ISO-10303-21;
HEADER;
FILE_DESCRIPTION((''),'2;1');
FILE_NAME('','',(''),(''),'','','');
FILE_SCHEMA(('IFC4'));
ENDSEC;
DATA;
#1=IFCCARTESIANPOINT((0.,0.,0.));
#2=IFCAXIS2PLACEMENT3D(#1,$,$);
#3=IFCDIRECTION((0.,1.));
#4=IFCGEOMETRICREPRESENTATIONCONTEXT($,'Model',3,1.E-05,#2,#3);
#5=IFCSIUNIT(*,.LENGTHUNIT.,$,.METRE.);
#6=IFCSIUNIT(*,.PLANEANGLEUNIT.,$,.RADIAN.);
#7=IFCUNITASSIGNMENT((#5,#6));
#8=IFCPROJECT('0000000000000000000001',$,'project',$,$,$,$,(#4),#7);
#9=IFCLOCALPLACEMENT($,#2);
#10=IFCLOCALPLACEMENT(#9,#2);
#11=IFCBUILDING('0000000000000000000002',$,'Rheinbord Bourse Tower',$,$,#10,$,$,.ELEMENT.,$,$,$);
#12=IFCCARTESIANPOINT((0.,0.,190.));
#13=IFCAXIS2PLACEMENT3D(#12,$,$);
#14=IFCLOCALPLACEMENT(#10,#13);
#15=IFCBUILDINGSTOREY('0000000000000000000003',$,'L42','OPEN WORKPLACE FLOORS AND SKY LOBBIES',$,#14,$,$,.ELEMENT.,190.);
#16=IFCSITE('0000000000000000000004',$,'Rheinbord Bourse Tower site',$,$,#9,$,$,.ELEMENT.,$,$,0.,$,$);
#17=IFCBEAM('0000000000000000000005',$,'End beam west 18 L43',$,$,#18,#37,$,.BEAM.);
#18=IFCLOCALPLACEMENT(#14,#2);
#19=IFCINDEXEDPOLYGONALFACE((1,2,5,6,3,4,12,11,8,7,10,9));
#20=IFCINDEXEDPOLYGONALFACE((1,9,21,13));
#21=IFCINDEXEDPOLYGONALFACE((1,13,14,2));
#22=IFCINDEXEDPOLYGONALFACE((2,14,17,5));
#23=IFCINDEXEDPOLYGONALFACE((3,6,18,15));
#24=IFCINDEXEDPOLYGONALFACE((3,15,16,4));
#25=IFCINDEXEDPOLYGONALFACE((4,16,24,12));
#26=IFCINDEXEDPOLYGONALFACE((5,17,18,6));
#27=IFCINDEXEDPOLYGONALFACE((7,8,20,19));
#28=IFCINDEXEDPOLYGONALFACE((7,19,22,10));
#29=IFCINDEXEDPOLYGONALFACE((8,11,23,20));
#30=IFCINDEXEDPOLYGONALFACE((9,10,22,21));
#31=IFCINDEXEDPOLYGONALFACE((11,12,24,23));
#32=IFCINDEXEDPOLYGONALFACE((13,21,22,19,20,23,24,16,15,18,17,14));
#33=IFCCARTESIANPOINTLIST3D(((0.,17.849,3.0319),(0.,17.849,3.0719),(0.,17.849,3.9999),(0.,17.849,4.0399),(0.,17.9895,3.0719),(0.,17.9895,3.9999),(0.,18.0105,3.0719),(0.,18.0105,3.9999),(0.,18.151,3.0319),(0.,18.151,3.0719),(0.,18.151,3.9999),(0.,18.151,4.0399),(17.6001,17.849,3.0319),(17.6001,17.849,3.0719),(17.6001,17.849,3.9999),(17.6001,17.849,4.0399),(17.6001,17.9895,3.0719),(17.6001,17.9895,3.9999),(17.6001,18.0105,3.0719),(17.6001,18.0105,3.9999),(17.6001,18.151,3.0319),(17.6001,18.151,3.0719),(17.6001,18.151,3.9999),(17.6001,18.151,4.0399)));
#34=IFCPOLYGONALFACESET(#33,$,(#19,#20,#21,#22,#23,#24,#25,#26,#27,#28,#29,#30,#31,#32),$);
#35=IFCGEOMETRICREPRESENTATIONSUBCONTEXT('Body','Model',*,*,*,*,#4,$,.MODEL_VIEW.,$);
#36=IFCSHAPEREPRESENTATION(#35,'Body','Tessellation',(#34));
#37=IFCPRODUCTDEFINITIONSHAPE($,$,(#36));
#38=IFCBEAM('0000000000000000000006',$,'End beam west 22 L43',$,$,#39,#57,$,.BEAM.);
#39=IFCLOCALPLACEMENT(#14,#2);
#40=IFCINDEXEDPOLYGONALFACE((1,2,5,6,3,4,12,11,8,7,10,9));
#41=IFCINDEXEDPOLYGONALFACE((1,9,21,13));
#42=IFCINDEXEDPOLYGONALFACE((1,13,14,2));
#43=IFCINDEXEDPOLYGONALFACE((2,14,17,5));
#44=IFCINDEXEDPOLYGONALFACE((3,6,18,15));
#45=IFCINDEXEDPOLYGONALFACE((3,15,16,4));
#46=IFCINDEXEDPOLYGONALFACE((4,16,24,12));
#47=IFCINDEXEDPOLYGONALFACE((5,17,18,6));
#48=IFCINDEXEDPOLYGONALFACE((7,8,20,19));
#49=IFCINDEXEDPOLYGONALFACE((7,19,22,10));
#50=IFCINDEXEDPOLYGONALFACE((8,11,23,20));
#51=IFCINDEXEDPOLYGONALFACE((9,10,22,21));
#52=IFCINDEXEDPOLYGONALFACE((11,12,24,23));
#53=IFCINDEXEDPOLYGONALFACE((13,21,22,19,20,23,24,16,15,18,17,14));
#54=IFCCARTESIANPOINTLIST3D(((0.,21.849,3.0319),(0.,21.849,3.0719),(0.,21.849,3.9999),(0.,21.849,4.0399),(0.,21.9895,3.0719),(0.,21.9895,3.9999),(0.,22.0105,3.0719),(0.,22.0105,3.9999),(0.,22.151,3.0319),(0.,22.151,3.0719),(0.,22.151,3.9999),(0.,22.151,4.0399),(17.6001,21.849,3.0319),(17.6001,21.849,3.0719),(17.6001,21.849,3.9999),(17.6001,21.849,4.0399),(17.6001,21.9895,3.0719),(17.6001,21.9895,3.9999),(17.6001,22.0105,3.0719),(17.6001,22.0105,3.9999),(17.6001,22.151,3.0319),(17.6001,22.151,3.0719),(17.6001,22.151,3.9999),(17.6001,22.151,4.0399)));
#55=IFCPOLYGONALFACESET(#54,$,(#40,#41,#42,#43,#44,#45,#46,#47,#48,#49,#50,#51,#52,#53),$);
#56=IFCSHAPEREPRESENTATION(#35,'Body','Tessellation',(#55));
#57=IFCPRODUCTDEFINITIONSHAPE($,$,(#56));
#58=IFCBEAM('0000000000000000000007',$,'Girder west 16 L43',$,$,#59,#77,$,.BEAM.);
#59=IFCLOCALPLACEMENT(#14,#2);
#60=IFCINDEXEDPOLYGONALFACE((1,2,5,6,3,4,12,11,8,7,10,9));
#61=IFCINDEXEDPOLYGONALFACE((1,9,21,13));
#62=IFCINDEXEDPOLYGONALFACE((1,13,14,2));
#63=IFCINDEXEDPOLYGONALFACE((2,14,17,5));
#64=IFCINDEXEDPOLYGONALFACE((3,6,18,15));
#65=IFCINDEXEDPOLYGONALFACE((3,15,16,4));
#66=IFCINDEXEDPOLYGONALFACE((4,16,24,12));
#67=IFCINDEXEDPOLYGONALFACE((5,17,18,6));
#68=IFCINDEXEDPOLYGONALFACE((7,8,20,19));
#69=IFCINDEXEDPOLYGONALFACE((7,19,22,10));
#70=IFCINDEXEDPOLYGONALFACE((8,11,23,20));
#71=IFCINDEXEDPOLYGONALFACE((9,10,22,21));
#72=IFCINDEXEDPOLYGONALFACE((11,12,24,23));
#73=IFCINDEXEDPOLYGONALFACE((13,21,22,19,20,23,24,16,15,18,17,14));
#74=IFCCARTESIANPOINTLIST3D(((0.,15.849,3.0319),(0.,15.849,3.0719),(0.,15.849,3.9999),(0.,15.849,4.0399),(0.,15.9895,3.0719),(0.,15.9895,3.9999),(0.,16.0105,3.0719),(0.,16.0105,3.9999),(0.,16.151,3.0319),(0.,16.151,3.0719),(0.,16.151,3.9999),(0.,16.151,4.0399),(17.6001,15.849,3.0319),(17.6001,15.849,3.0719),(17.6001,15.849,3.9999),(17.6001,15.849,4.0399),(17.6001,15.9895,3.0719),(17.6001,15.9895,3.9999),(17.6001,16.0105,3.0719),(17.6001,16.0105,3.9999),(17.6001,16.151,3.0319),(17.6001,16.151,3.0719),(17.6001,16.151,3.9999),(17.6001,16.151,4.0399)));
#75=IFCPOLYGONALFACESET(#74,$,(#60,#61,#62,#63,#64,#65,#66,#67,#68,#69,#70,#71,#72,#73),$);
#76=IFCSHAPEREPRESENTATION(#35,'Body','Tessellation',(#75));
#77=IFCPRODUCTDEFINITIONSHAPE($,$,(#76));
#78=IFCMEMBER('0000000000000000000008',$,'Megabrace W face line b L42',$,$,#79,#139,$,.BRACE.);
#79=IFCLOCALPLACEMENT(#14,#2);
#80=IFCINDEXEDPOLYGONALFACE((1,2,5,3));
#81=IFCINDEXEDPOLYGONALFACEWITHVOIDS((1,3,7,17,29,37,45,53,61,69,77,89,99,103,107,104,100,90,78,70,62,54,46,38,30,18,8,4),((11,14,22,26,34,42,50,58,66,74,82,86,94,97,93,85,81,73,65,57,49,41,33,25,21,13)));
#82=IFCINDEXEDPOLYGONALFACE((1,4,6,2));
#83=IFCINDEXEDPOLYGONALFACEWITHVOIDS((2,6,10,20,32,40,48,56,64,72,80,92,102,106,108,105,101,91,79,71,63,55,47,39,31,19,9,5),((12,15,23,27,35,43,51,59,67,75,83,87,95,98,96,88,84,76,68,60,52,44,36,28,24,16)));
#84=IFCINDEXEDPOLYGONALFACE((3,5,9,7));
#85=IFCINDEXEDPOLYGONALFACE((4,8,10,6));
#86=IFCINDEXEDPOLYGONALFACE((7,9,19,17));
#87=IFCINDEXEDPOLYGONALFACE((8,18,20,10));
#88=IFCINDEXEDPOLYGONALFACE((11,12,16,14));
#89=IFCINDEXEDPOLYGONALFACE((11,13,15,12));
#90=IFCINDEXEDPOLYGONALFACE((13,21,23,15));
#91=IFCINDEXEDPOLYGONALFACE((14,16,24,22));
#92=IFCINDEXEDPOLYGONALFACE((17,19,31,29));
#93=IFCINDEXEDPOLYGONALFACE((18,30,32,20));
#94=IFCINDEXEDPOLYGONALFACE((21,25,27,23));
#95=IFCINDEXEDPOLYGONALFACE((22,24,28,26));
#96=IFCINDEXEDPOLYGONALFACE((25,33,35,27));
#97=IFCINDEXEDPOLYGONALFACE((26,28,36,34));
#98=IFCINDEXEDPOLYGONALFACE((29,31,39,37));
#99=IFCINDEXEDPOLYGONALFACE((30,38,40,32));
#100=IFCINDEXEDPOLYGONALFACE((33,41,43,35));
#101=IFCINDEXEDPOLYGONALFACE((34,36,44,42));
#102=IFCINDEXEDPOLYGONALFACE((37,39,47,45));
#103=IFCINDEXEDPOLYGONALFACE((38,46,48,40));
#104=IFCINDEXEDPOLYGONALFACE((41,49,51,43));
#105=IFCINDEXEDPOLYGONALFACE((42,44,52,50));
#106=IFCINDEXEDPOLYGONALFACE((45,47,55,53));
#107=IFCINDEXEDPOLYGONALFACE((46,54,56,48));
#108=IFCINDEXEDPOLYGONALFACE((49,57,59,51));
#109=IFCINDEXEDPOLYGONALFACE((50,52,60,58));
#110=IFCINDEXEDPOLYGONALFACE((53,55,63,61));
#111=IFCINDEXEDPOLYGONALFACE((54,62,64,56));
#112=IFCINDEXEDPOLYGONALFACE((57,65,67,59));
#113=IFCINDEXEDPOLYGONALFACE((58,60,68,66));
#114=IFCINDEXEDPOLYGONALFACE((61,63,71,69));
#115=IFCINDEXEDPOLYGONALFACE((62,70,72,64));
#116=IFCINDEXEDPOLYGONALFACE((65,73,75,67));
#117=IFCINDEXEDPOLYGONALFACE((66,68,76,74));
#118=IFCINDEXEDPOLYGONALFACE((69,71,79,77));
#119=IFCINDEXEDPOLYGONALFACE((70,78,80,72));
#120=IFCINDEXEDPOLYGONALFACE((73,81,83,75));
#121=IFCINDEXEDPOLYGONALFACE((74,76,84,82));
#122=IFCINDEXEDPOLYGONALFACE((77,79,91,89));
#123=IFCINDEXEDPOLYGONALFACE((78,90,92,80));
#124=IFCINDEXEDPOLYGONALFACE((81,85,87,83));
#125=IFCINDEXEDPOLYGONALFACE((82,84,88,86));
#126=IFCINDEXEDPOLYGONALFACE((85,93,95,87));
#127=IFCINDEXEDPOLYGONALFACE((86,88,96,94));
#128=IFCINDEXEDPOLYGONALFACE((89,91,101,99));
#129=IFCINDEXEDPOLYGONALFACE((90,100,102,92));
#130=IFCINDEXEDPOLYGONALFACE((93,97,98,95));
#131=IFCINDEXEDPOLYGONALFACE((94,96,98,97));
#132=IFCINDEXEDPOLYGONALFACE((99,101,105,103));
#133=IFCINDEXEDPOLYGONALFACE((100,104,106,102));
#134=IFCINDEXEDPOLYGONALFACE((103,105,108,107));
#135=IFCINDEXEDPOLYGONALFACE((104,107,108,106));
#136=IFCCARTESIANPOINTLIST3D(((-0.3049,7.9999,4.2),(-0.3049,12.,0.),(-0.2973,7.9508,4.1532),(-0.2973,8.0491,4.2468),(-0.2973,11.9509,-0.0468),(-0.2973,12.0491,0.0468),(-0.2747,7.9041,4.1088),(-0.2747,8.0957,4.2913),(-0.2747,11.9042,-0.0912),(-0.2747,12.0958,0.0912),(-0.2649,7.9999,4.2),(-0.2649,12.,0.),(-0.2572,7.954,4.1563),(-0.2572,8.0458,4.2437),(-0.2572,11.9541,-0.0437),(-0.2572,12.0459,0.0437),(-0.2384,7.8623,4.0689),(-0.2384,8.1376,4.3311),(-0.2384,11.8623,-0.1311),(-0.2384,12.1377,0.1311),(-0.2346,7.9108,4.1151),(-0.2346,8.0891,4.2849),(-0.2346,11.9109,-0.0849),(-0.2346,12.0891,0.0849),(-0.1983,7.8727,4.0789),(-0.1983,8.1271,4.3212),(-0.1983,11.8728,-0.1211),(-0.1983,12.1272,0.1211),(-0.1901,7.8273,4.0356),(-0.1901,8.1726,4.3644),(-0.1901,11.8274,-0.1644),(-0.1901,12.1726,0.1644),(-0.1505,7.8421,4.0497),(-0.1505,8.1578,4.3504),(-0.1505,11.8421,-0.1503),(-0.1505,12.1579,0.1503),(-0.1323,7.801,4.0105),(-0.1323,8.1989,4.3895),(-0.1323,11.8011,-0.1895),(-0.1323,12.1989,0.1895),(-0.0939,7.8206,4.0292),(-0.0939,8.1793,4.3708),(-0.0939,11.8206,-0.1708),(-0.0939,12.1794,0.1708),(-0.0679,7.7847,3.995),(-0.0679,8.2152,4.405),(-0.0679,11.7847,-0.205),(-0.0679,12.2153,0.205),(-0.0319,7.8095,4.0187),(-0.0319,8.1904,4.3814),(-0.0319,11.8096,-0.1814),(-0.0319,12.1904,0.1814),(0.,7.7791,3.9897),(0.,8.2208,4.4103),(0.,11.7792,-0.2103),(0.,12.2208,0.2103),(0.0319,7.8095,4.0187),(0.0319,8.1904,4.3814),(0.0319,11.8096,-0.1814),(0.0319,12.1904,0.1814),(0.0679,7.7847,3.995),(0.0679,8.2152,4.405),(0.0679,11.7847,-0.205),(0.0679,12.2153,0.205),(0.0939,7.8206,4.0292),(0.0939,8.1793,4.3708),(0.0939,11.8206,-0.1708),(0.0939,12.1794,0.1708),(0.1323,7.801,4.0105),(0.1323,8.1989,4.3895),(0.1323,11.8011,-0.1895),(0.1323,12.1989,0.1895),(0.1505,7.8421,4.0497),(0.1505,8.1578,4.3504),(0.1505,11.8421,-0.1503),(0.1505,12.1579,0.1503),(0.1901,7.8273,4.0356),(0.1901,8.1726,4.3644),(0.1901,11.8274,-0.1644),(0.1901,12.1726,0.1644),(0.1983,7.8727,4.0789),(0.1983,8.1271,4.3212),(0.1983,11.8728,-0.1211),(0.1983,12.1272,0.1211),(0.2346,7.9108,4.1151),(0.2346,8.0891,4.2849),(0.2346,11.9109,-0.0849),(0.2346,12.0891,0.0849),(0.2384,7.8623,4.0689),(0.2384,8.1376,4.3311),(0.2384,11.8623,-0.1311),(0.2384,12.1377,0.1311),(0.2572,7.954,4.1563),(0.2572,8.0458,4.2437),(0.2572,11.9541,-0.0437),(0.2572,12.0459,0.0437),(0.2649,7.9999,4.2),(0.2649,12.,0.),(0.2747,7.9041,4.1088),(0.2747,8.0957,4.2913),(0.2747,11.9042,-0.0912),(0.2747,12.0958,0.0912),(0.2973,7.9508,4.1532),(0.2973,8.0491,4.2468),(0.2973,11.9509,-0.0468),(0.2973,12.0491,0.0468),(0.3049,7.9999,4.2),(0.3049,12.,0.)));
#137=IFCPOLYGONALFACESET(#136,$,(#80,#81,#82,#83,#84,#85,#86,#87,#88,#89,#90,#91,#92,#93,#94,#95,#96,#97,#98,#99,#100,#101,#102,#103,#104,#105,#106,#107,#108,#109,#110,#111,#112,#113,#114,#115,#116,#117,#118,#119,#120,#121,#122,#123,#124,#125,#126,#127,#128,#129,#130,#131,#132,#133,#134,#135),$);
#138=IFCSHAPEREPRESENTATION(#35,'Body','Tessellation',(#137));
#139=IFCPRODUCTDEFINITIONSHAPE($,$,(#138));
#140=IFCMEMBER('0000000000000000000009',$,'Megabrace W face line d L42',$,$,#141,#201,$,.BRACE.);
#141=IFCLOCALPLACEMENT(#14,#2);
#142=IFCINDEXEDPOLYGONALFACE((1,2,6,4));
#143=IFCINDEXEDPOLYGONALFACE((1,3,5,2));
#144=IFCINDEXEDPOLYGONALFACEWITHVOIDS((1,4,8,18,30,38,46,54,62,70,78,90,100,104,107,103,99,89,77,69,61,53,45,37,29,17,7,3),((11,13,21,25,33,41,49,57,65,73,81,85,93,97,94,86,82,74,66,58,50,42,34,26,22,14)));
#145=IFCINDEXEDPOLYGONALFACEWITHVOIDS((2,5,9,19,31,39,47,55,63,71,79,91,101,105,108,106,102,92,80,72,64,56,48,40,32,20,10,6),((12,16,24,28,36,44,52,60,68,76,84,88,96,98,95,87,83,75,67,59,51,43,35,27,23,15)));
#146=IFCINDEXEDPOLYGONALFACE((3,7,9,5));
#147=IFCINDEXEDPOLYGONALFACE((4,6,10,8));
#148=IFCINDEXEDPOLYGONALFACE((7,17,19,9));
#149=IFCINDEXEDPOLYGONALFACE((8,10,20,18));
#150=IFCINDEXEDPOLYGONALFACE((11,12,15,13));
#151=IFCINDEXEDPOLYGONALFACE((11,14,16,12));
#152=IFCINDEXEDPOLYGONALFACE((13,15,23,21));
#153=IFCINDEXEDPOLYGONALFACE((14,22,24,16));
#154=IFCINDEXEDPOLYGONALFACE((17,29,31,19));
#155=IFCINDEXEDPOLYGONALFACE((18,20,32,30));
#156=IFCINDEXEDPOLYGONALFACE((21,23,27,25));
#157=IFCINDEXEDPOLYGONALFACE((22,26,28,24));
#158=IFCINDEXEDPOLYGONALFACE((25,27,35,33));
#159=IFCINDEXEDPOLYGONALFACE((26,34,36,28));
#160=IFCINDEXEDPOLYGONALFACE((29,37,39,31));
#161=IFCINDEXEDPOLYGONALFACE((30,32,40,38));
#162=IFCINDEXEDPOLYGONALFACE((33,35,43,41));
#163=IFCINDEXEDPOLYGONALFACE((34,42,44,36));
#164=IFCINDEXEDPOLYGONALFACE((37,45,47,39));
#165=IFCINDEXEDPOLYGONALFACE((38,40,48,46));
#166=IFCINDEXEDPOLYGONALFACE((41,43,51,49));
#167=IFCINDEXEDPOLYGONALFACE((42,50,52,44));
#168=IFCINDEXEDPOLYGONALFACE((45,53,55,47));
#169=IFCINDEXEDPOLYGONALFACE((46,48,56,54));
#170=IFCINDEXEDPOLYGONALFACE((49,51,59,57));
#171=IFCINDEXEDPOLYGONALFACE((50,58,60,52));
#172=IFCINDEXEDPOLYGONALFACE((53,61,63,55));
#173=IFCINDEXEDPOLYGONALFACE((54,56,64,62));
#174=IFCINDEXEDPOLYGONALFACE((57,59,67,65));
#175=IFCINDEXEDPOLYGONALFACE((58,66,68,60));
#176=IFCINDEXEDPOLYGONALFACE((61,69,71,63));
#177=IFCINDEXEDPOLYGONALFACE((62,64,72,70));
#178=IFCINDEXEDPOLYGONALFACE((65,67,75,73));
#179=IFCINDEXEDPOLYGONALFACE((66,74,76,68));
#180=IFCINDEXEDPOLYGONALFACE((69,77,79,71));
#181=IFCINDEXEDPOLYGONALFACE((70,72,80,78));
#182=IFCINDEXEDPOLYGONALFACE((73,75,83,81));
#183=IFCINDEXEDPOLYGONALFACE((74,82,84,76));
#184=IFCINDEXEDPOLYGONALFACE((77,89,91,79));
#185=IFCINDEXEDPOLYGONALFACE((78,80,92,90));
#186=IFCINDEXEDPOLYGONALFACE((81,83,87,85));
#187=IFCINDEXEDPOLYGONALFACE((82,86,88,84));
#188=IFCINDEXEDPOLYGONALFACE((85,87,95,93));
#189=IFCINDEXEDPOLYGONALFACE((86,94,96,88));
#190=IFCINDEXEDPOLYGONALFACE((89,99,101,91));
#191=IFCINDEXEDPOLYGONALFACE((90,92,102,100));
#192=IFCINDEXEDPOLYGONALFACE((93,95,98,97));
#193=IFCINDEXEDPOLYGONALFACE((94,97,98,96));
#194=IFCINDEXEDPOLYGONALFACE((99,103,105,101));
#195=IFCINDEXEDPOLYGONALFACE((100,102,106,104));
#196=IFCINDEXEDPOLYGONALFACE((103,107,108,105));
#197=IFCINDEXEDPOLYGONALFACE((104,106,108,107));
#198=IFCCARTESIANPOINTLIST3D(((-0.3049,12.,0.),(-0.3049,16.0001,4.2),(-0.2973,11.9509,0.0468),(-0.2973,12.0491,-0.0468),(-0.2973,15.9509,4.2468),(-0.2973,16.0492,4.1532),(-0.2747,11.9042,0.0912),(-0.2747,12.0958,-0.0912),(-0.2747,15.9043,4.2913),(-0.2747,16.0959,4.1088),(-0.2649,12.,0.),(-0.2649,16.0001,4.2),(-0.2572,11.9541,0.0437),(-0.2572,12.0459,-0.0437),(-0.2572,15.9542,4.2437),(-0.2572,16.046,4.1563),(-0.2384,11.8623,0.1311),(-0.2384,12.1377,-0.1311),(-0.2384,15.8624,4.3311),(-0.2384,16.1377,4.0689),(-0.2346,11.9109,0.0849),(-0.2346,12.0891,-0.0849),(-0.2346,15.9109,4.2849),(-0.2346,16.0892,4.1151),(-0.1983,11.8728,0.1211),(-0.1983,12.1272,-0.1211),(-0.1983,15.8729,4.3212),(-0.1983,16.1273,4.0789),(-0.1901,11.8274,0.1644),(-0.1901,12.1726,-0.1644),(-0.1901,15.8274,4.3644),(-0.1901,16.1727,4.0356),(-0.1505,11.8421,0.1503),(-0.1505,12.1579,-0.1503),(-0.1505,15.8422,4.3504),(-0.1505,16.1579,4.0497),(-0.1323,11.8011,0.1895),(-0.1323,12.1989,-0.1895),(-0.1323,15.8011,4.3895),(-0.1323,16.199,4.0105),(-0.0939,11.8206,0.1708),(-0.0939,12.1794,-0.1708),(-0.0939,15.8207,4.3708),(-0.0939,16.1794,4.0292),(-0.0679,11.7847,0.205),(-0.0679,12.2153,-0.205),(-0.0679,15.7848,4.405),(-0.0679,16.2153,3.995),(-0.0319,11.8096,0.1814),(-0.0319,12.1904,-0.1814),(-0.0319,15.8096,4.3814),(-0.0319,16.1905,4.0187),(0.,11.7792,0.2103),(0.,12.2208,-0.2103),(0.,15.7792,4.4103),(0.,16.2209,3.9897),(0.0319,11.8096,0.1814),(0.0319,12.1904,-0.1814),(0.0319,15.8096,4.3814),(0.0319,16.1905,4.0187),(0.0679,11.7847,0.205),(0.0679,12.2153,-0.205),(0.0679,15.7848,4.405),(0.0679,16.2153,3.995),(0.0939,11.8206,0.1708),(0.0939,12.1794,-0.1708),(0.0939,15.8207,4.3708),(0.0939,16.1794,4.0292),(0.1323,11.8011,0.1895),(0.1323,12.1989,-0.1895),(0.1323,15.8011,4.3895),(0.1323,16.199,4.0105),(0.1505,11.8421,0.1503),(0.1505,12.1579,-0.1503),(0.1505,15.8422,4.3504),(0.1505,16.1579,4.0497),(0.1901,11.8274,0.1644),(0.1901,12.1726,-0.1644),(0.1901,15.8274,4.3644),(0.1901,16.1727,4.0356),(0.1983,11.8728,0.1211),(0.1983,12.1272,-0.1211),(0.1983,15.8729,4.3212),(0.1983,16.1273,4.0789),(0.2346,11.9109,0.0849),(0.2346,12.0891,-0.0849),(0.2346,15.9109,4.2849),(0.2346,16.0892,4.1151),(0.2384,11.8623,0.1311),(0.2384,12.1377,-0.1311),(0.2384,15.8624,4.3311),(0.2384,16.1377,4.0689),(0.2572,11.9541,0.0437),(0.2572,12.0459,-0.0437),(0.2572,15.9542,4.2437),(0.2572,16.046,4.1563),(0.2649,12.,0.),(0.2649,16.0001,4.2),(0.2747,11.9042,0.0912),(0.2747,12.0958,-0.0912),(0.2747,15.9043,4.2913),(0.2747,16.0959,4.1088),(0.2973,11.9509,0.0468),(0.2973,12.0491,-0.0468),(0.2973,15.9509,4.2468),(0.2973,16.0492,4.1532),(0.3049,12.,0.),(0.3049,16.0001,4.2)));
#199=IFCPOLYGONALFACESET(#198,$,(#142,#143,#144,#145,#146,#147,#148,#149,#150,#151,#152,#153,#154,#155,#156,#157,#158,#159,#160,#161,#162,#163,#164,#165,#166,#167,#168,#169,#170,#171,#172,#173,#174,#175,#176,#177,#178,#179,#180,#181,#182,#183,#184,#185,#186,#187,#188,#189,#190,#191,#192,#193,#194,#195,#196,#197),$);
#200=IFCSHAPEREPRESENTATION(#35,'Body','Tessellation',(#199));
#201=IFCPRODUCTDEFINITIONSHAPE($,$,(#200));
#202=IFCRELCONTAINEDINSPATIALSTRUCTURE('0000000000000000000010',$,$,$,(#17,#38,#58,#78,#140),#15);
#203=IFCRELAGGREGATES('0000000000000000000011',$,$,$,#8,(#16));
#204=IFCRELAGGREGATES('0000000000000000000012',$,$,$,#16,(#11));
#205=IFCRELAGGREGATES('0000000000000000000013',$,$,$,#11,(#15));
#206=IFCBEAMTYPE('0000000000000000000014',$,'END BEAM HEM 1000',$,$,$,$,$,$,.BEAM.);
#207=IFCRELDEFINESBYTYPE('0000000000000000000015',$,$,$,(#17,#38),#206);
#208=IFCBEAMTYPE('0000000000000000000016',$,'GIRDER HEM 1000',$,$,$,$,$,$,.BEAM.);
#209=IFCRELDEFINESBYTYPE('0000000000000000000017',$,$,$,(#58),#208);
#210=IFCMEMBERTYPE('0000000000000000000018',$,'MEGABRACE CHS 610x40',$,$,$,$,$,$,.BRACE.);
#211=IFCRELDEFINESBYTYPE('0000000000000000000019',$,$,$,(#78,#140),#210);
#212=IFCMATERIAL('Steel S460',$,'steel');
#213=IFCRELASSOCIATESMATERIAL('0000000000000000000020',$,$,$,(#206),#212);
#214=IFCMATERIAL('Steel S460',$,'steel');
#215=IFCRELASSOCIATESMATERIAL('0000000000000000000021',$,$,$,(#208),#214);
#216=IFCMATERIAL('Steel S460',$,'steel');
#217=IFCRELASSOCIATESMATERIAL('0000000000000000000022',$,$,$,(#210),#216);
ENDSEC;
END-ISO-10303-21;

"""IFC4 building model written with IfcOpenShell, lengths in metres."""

from ifc_helpers import new_model, si_unit, direction, frame, origin, origin_2d, place, context, subcontext, project, spatial, hollow_circle, i_section, extrude, material, material_profile, profile_set, type_object, element, save


model = new_model("IFC4")

# Units and contexts
model_context = context("Model", 3, precision=1e-05, world=origin(), true_north=direction((0.0, 1.0)))
body_context = subcontext(model_context, "Body", "Model", "MODEL_VIEW")
ifc_project = project(units=[si_unit("LENGTHUNIT", "METRE"), si_unit("PLANEANGLEUNIT", "RADIAN")], contexts=[model_context])

# Site, building, storey
site_placement = place(None, origin())
site = spatial("IfcSite", under=ifc_project, at=site_placement, Name="Rheinbord Bourse Tower site", CompositionType="ELEMENT", RefElevation=0.0)
building_placement = place(site_placement, origin())
building = spatial("IfcBuilding", under=site, at=building_placement, Name="Rheinbord Bourse Tower", CompositionType="ELEMENT")
storey_placement = place(building_placement, frame((0.0, 0.0, 190.0)))
storey = spatial("IfcBuildingStorey", under=building, at=storey_placement, Name="L42", Description="OPEN WORKPLACE FLOORS AND SKY LOBBIES", CompositionType="ELEMENT", Elevation=190.0)

# Beams
ifc_material_1 = material(Name="Steel S460", Category="steel")
ifc_material_profile_1 = material_profile(ifc_material_1, i_section(OverallWidth=0.302, OverallDepth=1.0081, WebThickness=0.021, FlangeThickness=0.04, at=origin_2d()), Name="HEM 1000")
ifc_profile_set_1 = profile_set([ifc_material_profile_1], Name="Steel S460")
beam_type_1 = type_object("IfcBeamType", Name="END BEAM HEM 1000", PredefinedType="BEAM", material=ifc_profile_set_1)
for number, where, z_axis, x_axis, name in (
    (1, (0.0, 18.0, 3.5359), (1.0, 0.0, 0.0), (0.0, 1.0, 0.0), "End beam west 18 L43"),
    (2, (0.0, 22.0, 3.5359), (1.0, 0.0, 0.0), (0.0, 1.0, 0.0), "End beam west 22 L43"),
):
    element("IfcBeam", number, at=place(storey_placement, frame(where, z_axis=z_axis, x_axis=x_axis)), inside=storey, type_object=beam_type_1, Name=name, PredefinedType="BEAM", context=body_context, shape_type="SweptSolid", body=[
        extrude(i_section(OverallWidth=0.302, OverallDepth=1.0081, WebThickness=0.021, FlangeThickness=0.04, at=origin_2d()), origin(), (0.0, 0.0, 1.0), 17.6001),
    ])
ifc_material_2 = material(Name="Steel S460", Category="steel")
ifc_material_profile_2 = material_profile(ifc_material_2, i_section(OverallWidth=0.302, OverallDepth=1.0081, WebThickness=0.021, FlangeThickness=0.04, at=origin_2d()), Name="HEM 1000")
ifc_profile_set_2 = profile_set([ifc_material_profile_2], Name="Steel S460")
beam_type_2 = type_object("IfcBeamType", Name="GIRDER HEM 1000", PredefinedType="BEAM", material=ifc_profile_set_2)
beam_1_placement = place(storey_placement, frame((0.0, 16.0, 3.5359), z_axis=(1.0, 0.0, 0.0), x_axis=(0.0, 1.0, 0.0)))
element("IfcBeam", 3, at=beam_1_placement, inside=storey, type_object=beam_type_2, Name="Girder west 16 L43", PredefinedType="BEAM", context=body_context, shape_type="SweptSolid", body=[
    extrude(i_section(OverallWidth=0.302, OverallDepth=1.0081, WebThickness=0.021, FlangeThickness=0.04, at=origin_2d()), origin(), (0.0, 0.0, 1.0), 17.6001),
])

# Members
ifc_material_3 = material(Name="Steel S460", Category="steel")
ifc_material_profile_3 = material_profile(ifc_material_3, hollow_circle(Radius=0.3049, WallThickness=0.04, at=origin_2d()), Name="CHS 610x40")
ifc_profile_set_3 = profile_set([ifc_material_profile_3], Name="Steel S460")
member_type_1 = type_object("IfcMemberType", Name="MEGABRACE CHS 610x40", PredefinedType="BRACE", material=ifc_profile_set_3)
for number, where, z_axis, x_axis, name in (
    (4, (0.0, 12.0, 0.0), (0.0, -0.689659, 0.724134), (1.0, 0.0, 0.0), "Megabrace W face line b L42"),
    (5, (0.0, 12.0, 0.0), (0.0, 0.689659, 0.724134), (-1.0, 0.0, 0.0), "Megabrace W face line d L42"),
):
    element("IfcMember", number, at=place(storey_placement, frame(where, z_axis=z_axis, x_axis=x_axis)), inside=storey, type_object=member_type_1, Name=name, PredefinedType="BRACE", context=body_context, shape_type="SweptSolid", body=[
        extrude(hollow_circle(Radius=0.3049, WallThickness=0.04, at=origin_2d()), origin(), (0.0, 0.0, 1.0), 5.8),
    ])

save(model, "model.ifc")
